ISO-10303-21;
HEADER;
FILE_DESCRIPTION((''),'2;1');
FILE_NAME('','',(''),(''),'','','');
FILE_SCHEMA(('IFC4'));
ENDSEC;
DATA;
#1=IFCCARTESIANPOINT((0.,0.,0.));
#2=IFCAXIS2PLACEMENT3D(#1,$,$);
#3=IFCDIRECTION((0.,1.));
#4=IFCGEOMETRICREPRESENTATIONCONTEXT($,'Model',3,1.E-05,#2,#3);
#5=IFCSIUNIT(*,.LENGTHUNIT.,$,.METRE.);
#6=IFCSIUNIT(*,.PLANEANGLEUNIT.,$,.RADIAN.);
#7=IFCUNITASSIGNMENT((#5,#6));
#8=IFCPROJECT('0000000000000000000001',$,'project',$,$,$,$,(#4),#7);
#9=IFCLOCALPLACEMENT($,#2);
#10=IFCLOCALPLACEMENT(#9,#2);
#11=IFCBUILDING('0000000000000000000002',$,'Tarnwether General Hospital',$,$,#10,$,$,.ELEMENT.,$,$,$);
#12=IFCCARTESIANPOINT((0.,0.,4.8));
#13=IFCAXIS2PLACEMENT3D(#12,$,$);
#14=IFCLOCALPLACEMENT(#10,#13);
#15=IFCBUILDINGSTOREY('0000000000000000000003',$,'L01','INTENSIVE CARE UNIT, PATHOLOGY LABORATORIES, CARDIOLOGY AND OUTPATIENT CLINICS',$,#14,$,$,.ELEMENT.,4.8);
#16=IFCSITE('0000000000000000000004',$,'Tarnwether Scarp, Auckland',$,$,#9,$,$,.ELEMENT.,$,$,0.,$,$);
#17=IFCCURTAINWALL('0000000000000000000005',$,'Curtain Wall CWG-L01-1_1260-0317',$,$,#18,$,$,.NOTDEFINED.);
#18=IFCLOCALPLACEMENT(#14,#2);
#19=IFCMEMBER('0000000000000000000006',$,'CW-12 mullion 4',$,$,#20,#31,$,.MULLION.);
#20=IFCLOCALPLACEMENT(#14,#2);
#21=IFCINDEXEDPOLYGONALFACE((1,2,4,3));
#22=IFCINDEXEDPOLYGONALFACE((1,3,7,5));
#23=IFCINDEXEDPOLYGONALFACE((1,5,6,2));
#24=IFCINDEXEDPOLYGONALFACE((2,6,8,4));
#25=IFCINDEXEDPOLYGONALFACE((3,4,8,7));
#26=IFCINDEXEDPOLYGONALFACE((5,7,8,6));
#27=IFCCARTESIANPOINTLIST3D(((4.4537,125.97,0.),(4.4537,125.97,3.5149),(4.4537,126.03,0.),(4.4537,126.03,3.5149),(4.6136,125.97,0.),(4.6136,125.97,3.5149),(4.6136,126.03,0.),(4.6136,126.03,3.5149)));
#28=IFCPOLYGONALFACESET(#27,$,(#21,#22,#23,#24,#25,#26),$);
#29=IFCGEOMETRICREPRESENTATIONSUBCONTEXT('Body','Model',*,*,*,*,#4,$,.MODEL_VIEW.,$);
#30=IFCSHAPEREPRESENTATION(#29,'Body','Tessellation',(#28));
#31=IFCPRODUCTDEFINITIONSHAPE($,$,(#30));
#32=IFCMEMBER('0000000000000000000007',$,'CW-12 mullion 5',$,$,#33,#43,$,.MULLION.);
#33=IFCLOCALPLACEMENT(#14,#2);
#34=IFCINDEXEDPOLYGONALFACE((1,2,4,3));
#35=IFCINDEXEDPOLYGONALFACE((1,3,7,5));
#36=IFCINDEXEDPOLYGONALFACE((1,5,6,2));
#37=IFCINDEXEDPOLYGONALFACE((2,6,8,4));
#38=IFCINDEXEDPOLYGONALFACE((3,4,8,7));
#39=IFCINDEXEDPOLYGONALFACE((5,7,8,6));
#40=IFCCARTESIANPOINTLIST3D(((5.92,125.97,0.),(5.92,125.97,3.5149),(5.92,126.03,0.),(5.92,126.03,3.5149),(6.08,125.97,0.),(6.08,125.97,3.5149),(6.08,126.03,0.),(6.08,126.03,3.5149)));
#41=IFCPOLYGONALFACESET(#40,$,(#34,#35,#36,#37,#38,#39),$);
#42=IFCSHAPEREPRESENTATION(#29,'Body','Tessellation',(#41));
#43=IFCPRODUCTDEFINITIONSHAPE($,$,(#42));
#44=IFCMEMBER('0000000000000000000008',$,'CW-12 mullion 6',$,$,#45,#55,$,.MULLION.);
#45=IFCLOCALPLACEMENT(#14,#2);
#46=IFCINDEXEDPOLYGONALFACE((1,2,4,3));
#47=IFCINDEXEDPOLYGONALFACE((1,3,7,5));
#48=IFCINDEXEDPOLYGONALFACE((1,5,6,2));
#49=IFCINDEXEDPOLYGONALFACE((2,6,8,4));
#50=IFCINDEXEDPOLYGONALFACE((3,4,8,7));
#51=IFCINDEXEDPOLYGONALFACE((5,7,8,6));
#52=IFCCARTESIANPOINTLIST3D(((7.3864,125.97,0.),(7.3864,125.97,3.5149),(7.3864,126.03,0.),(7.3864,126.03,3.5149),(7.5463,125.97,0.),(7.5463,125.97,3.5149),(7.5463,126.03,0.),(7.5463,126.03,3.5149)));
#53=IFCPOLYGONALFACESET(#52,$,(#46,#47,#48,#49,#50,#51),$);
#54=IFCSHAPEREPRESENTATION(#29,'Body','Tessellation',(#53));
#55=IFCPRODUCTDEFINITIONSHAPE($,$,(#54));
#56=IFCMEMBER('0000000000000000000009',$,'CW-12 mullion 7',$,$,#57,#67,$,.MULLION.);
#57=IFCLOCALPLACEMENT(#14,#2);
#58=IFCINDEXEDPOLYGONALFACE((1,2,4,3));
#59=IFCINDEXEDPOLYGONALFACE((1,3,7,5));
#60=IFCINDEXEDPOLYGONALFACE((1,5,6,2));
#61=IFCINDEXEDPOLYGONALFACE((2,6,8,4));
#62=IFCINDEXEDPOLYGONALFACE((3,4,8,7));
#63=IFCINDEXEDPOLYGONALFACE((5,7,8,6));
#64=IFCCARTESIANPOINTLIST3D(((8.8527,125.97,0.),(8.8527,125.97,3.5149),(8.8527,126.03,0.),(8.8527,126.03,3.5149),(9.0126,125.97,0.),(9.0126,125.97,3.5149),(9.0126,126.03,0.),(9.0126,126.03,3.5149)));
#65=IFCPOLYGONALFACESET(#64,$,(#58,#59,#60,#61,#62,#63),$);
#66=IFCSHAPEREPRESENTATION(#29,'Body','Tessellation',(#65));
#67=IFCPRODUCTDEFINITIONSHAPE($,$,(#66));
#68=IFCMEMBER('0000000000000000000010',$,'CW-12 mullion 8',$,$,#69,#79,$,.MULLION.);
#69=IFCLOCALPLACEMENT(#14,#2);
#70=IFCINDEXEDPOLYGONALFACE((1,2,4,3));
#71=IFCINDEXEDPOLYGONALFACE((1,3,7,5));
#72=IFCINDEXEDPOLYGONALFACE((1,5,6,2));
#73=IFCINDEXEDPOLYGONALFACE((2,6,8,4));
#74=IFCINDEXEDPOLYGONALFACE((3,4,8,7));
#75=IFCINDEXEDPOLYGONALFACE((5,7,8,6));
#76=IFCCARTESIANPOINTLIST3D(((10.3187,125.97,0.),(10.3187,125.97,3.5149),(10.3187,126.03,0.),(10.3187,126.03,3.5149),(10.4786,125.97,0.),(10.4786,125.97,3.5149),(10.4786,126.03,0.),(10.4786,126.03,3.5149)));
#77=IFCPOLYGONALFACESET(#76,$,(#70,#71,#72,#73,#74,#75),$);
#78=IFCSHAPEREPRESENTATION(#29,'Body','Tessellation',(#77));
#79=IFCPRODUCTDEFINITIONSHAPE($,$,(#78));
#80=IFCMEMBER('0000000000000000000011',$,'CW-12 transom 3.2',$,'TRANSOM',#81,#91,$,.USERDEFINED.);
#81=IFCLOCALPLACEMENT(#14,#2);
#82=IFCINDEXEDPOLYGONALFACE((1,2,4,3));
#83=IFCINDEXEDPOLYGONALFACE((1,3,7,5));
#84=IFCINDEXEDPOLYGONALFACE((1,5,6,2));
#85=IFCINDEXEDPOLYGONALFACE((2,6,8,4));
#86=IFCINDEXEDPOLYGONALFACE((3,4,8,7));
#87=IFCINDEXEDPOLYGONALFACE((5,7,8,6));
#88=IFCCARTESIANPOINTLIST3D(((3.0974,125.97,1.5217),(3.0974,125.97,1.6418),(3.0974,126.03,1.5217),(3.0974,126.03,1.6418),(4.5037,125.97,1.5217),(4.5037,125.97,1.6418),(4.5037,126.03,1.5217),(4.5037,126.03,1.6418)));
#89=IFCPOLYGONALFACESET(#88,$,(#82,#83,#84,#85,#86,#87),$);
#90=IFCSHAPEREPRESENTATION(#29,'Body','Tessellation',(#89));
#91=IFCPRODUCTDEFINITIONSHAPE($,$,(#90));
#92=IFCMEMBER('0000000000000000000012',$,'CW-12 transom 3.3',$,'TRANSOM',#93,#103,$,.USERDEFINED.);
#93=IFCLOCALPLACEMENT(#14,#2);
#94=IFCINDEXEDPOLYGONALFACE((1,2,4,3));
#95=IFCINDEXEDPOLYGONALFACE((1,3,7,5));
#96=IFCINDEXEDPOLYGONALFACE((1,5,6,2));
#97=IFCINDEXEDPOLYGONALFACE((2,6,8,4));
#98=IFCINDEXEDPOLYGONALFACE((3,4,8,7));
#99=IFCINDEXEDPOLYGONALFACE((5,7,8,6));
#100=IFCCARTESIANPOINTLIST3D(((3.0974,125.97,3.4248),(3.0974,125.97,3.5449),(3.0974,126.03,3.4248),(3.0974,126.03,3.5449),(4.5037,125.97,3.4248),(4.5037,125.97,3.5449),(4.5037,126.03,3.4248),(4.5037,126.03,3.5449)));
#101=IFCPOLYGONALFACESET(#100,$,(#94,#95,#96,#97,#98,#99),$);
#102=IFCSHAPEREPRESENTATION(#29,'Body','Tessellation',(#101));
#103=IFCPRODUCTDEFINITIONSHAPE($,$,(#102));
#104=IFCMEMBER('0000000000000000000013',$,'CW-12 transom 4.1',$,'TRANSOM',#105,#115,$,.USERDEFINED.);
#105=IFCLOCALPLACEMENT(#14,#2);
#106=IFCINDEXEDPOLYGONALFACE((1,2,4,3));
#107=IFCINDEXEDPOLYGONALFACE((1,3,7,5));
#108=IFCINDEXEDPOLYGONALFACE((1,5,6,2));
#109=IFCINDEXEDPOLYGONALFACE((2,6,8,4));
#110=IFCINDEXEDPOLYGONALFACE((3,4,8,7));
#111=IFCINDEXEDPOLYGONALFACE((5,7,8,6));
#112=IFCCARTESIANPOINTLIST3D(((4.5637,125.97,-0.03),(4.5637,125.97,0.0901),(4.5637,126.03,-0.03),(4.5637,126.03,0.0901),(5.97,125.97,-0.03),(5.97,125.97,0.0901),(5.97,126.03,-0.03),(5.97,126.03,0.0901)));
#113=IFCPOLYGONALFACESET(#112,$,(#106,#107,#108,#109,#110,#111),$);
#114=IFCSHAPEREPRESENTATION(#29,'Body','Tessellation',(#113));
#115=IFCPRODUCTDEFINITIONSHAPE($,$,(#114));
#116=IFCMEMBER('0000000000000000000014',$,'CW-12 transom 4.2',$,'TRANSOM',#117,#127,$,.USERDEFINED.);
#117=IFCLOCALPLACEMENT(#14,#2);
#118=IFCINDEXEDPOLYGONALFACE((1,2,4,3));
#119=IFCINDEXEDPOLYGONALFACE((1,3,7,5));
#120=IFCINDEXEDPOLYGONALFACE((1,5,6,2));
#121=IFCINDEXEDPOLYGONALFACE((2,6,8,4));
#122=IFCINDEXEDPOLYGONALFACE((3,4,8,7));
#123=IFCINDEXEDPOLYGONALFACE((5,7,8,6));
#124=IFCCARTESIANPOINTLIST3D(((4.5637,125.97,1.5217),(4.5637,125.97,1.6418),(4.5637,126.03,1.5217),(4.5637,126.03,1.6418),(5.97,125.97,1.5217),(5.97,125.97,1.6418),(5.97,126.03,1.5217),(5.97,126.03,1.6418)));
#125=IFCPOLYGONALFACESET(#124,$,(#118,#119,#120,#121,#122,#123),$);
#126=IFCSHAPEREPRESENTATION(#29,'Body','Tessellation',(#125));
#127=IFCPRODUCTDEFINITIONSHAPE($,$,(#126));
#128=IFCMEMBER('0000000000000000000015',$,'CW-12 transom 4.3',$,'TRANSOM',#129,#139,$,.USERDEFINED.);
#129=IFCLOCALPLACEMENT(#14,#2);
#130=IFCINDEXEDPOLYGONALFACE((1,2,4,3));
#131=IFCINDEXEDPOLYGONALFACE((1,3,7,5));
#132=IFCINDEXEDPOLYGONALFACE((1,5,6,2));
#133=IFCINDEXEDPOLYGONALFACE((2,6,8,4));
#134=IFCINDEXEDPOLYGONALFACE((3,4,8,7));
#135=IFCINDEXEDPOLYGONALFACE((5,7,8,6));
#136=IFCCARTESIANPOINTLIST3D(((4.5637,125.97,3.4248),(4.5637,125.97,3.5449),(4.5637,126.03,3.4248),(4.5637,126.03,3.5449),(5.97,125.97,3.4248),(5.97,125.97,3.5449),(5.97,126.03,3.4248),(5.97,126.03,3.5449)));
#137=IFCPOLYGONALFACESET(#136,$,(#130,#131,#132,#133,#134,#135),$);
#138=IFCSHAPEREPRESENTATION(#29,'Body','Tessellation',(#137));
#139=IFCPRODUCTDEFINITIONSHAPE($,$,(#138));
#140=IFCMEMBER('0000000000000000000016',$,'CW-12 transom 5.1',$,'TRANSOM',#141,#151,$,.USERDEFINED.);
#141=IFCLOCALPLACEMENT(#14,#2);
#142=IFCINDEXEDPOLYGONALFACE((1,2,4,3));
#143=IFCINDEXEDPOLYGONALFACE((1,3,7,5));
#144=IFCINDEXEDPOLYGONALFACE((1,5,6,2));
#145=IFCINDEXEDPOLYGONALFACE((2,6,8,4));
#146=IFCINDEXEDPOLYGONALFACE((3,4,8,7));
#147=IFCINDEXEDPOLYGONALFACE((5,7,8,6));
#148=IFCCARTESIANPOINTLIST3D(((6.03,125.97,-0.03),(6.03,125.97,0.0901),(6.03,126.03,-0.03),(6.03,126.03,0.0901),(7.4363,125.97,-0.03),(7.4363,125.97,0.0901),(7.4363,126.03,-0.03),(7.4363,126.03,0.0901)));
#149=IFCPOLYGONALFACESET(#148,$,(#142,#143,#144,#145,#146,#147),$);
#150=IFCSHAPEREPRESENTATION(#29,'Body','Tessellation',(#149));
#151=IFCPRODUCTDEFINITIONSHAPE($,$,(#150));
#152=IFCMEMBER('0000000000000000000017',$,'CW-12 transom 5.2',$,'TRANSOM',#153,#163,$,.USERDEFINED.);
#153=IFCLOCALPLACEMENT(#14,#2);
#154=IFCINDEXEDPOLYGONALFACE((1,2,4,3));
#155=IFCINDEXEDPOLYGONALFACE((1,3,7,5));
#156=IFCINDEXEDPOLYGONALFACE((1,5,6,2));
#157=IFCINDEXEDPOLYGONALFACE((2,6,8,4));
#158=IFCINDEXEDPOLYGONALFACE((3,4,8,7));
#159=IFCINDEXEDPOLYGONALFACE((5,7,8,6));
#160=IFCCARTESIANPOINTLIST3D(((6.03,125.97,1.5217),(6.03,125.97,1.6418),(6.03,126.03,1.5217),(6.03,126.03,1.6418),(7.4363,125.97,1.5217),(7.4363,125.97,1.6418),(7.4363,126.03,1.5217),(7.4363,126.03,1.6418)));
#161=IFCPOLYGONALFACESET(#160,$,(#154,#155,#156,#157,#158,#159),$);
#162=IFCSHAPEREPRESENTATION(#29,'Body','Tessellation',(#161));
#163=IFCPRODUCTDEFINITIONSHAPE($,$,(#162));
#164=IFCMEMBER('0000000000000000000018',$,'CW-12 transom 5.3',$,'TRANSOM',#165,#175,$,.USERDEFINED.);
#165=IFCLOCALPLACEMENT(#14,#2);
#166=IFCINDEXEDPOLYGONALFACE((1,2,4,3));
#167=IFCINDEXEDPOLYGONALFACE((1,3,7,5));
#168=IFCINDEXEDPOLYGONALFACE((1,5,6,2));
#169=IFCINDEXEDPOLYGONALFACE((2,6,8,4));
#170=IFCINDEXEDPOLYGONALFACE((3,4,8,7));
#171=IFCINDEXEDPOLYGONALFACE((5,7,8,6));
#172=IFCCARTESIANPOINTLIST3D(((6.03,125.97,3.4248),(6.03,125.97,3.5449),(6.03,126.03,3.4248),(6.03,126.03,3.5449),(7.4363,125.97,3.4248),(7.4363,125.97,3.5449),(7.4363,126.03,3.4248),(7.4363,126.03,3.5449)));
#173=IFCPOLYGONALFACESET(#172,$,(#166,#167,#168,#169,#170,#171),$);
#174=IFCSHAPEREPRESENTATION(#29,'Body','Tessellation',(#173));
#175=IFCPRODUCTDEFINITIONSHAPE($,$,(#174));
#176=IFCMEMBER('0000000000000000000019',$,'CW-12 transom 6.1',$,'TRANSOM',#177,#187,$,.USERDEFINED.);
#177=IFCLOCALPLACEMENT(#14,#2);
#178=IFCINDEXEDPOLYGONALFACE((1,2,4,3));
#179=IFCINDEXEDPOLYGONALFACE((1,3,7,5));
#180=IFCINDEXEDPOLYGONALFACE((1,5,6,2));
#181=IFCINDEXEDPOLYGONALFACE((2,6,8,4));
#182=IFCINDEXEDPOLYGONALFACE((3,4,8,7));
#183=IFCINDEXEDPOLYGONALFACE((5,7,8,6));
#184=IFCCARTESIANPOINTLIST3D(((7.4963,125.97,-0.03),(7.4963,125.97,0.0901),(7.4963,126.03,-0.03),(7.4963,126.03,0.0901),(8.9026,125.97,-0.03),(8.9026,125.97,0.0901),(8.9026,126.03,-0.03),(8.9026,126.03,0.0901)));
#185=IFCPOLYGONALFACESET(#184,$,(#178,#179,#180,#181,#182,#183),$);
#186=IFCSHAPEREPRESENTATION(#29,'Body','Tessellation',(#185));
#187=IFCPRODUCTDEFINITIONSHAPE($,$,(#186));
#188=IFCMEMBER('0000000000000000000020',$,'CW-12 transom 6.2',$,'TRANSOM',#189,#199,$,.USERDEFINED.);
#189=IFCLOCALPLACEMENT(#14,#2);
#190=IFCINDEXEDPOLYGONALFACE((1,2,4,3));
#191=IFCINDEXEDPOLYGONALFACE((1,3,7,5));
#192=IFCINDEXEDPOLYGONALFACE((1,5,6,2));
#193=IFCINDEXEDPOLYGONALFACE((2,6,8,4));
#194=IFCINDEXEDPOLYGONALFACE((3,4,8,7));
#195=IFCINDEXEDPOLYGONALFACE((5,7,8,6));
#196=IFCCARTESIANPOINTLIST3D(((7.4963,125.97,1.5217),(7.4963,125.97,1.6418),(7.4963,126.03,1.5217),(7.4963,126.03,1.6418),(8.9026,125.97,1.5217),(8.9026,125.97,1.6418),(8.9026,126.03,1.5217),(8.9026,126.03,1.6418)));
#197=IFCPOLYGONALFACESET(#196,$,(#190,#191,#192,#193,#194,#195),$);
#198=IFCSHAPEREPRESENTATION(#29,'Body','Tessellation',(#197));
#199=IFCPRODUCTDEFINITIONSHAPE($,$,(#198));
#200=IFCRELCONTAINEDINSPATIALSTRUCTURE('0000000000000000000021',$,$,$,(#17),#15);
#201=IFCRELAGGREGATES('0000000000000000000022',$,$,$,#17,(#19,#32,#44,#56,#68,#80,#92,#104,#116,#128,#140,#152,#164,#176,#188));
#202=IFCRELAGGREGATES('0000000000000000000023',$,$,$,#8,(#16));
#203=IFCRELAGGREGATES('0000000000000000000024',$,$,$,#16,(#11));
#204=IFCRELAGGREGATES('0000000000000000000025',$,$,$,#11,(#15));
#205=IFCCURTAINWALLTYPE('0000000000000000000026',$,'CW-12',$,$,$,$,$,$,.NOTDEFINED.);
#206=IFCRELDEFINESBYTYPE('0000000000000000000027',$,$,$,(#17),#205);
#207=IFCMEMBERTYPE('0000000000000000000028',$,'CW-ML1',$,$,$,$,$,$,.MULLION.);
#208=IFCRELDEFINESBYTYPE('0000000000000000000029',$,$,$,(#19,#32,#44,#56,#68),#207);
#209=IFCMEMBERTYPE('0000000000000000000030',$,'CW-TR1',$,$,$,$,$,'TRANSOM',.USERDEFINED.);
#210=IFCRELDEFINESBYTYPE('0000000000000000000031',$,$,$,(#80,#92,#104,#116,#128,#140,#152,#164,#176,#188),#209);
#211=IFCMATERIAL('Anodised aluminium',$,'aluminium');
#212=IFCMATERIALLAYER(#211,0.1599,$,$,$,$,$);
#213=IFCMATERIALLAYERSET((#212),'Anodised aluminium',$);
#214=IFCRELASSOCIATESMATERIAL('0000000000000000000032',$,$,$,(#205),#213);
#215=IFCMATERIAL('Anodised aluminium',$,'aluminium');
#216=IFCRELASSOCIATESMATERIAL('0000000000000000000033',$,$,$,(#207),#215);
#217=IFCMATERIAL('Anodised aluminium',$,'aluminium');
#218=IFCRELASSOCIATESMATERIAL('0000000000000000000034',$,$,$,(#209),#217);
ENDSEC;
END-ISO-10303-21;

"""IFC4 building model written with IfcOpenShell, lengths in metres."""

from ifc_helpers import new_model, si_unit, direction, frame, origin, origin_2d, place, context, subcontext, project, spatial, rectangle, extrude, material, layer, layer_set, material_profile, profile_set, type_object, element, aggregate, save


model = new_model("IFC4")

# Units and contexts
model_context = context("Model", 3, precision=1e-05, world=origin(), true_north=direction((0.0, 1.0)))
body_context = subcontext(model_context, "Body", "Model", "MODEL_VIEW")
ifc_project = project(units=[si_unit("LENGTHUNIT", "METRE"), si_unit("PLANEANGLEUNIT", "RADIAN")], contexts=[model_context])

# Site, building, storey
site_placement = place(None, origin())
site = spatial("IfcSite", under=ifc_project, at=site_placement, Name="Tarnwether Scarp, Auckland", CompositionType="ELEMENT", RefElevation=0.0)
building_placement = place(site_placement, origin())
building = spatial("IfcBuilding", under=site, at=building_placement, Name="Tarnwether General Hospital", CompositionType="ELEMENT")
storey_placement = place(building_placement, frame((0.0, 0.0, 4.8)))
storey = spatial("IfcBuildingStorey", under=building, at=storey_placement, Name="L01", Description="INTENSIVE CARE UNIT, PATHOLOGY LABORATORIES, CARDIOLOGY AND OUTPATIENT CLINICS", CompositionType="ELEMENT", Elevation=4.8)

# Curtain wall, members
ifc_material_1 = material(Name="Anodised aluminium", Category="aluminium")
ifc_layer_1 = layer(ifc_material_1, 0.1599)
ifc_layer_set_1 = layer_set([ifc_layer_1], Name="Anodised aluminium")
curtain_wall_type = type_object("IfcCurtainWallType", Name="CW-12", PredefinedType="NOTDEFINED", material=ifc_layer_set_1)
curtain_wall_placement = place(storey_placement, origin())
curtain_wall = element("IfcCurtainWall", 1, at=curtain_wall_placement, inside=storey, type_object=curtain_wall_type, Name="Curtain Wall CWG-L01-1_1260-0317", PredefinedType="NOTDEFINED")
ifc_material_2 = material(Name="Anodised aluminium", Category="aluminium")
ifc_material_profile_1 = material_profile(ifc_material_2, rectangle(XDim=0.0601, YDim=0.1599, at=origin_2d()), Name="ALU-MUL-60x160")
ifc_profile_set_1 = profile_set([ifc_material_profile_1], Name="Anodised aluminium")
member_type_1 = type_object("IfcMemberType", Name="CW-ML1", PredefinedType="MULLION", material=ifc_profile_set_1)
member_1_placement = place(storey_placement, frame((4.5337, 126.0, 0.0), z_axis=(0.0, 0.0, 1.0), x_axis=(0.0, 1.0, 0.0)))
member_1 = element("IfcMember", 2, at=member_1_placement, type_object=member_type_1, Name="CW-12 mullion 4", PredefinedType="MULLION", context=body_context, shape_type="SweptSolid", body=[
    extrude(rectangle(XDim=0.0601, YDim=0.1599, at=origin_2d()), origin(), (0.0, 0.0, 1.0), 3.5149),
])
member_2_placement = place(storey_placement, frame((6.0, 126.0, 0.0), z_axis=(0.0, 0.0, 1.0), x_axis=(0.0, 1.0, 0.0)))
member_2 = element("IfcMember", 3, at=member_2_placement, type_object=member_type_1, Name="CW-12 mullion 5", PredefinedType="MULLION", context=body_context, shape_type="SweptSolid", body=[
    extrude(rectangle(XDim=0.0601, YDim=0.1599, at=origin_2d()), origin(), (0.0, 0.0, 1.0), 3.5149),
])
member_3_placement = place(storey_placement, frame((7.4663, 126.0, 0.0), z_axis=(0.0, 0.0, 1.0), x_axis=(0.0, 1.0, 0.0)))
member_3 = element("IfcMember", 4, at=member_3_placement, type_object=member_type_1, Name="CW-12 mullion 6", PredefinedType="MULLION", context=body_context, shape_type="SweptSolid", body=[
    extrude(rectangle(XDim=0.0601, YDim=0.1599, at=origin_2d()), origin(), (0.0, 0.0, 1.0), 3.5149),
])
member_4_placement = place(storey_placement, frame((8.9326, 126.0, 0.0), z_axis=(0.0, 0.0, 1.0), x_axis=(0.0, 1.0, 0.0)))
member_4 = element("IfcMember", 5, at=member_4_placement, type_object=member_type_1, Name="CW-12 mullion 7", PredefinedType="MULLION", context=body_context, shape_type="SweptSolid", body=[
    extrude(rectangle(XDim=0.0601, YDim=0.1599, at=origin_2d()), origin(), (0.0, 0.0, 1.0), 3.5149),
])
member_5_placement = place(storey_placement, frame((10.3987, 126.0, 0.0), z_axis=(0.0, 0.0, 1.0), x_axis=(0.0, 1.0, 0.0)))
member_5 = element("IfcMember", 6, at=member_5_placement, type_object=member_type_1, Name="CW-12 mullion 8", PredefinedType="MULLION", context=body_context, shape_type="SweptSolid", body=[
    extrude(rectangle(XDim=0.0601, YDim=0.1599, at=origin_2d()), origin(), (0.0, 0.0, 1.0), 3.5149),
])
ifc_material_3 = material(Name="Anodised aluminium", Category="aluminium")
ifc_material_profile_2 = material_profile(ifc_material_3, rectangle(XDim=0.0601, YDim=0.1201, at=origin_2d()), Name="ALU-TRN-60x120")
ifc_profile_set_2 = profile_set([ifc_material_profile_2], Name="Anodised aluminium")
member_type_2 = type_object("IfcMemberType", Name="CW-TR1", ElementType="TRANSOM", PredefinedType="USERDEFINED", material=ifc_profile_set_2)
member_6_placement = place(storey_placement, frame((3.0974, 126.0, 1.5818), z_axis=(1.0, 0.0, 0.0), x_axis=(0.0, 1.0, 0.0)))
member_6 = element("IfcMember", 7, at=member_6_placement, type_object=member_type_2, Name="CW-12 transom 3.2", ObjectType="TRANSOM", PredefinedType="USERDEFINED", context=body_context, shape_type="SweptSolid", body=[
    extrude(rectangle(XDim=0.0601, YDim=0.1201, at=origin_2d()), origin(), (0.0, 0.0, 1.0), 1.4062),
])
member_7_placement = place(storey_placement, frame((3.0974, 126.0, 3.4849), z_axis=(1.0, 0.0, 0.0), x_axis=(0.0, 1.0, 0.0)))
member_7 = element("IfcMember", 8, at=member_7_placement, type_object=member_type_2, Name="CW-12 transom 3.3", ObjectType="TRANSOM", PredefinedType="USERDEFINED", context=body_context, shape_type="SweptSolid", body=[
    extrude(rectangle(XDim=0.0601, YDim=0.1201, at=origin_2d()), origin(), (0.0, 0.0, 1.0), 1.4062),
])
member_8_placement = place(storey_placement, frame((4.5637, 126.0, 0.03), z_axis=(1.0, 0.0, 0.0), x_axis=(0.0, 1.0, 0.0)))
member_8 = element("IfcMember", 9, at=member_8_placement, type_object=member_type_2, Name="CW-12 transom 4.1", ObjectType="TRANSOM", PredefinedType="USERDEFINED", context=body_context, shape_type="SweptSolid", body=[
    extrude(rectangle(XDim=0.0601, YDim=0.1201, at=origin_2d()), origin(), (0.0, 0.0, 1.0), 1.4062),
])
member_9_placement = place(storey_placement, frame((4.5637, 126.0, 1.5818), z_axis=(1.0, 0.0, 0.0), x_axis=(0.0, 1.0, 0.0)))
member_9 = element("IfcMember", 10, at=member_9_placement, type_object=member_type_2, Name="CW-12 transom 4.2", ObjectType="TRANSOM", PredefinedType="USERDEFINED", context=body_context, shape_type="SweptSolid", body=[
    extrude(rectangle(XDim=0.0601, YDim=0.1201, at=origin_2d()), origin(), (0.0, 0.0, 1.0), 1.4062),
])
member_10_placement = place(storey_placement, frame((4.5637, 126.0, 3.4849), z_axis=(1.0, 0.0, 0.0), x_axis=(0.0, 1.0, 0.0)))
member_10 = element("IfcMember", 11, at=member_10_placement, type_object=member_type_2, Name="CW-12 transom 4.3", ObjectType="TRANSOM", PredefinedType="USERDEFINED", context=body_context, shape_type="SweptSolid", body=[
    extrude(rectangle(XDim=0.0601, YDim=0.1201, at=origin_2d()), origin(), (0.0, 0.0, 1.0), 1.4062),
])
member_11_placement = place(storey_placement, frame((6.03, 126.0, 0.03), z_axis=(1.0, 0.0, 0.0), x_axis=(0.0, 1.0, 0.0)))
member_11 = element("IfcMember", 12, at=member_11_placement, type_object=member_type_2, Name="CW-12 transom 5.1", ObjectType="TRANSOM", PredefinedType="USERDEFINED", context=body_context, shape_type="SweptSolid", body=[
    extrude(rectangle(XDim=0.0601, YDim=0.1201, at=origin_2d()), origin(), (0.0, 0.0, 1.0), 1.4062),
])
member_12_placement = place(storey_placement, frame((6.03, 126.0, 1.5818), z_axis=(1.0, 0.0, 0.0), x_axis=(0.0, 1.0, 0.0)))
member_12 = element("IfcMember", 13, at=member_12_placement, type_object=member_type_2, Name="CW-12 transom 5.2", ObjectType="TRANSOM", PredefinedType="USERDEFINED", context=body_context, shape_type="SweptSolid", body=[
    extrude(rectangle(XDim=0.0601, YDim=0.1201, at=origin_2d()), origin(), (0.0, 0.0, 1.0), 1.4062),
])
member_13_placement = place(storey_placement, frame((6.03, 126.0, 3.4849), z_axis=(1.0, 0.0, 0.0), x_axis=(0.0, 1.0, 0.0)))
member_13 = element("IfcMember", 14, at=member_13_placement, type_object=member_type_2, Name="CW-12 transom 5.3", ObjectType="TRANSOM", PredefinedType="USERDEFINED", context=body_context, shape_type="SweptSolid", body=[
    extrude(rectangle(XDim=0.0601, YDim=0.1201, at=origin_2d()), origin(), (0.0, 0.0, 1.0), 1.4062),
])
member_14_placement = place(storey_placement, frame((7.4963, 126.0, 0.03), z_axis=(1.0, 0.0, 0.0), x_axis=(0.0, 1.0, 0.0)))
member_14 = element("IfcMember", 15, at=member_14_placement, type_object=member_type_2, Name="CW-12 transom 6.1", ObjectType="TRANSOM", PredefinedType="USERDEFINED", context=body_context, shape_type="SweptSolid", body=[
    extrude(rectangle(XDim=0.0601, YDim=0.1201, at=origin_2d()), origin(), (0.0, 0.0, 1.0), 1.4062),
])
member_15_placement = place(storey_placement, frame((7.4963, 126.0, 1.5818), z_axis=(1.0, 0.0, 0.0), x_axis=(0.0, 1.0, 0.0)))
member_15 = element("IfcMember", 16, at=member_15_placement, type_object=member_type_2, Name="CW-12 transom 6.2", ObjectType="TRANSOM", PredefinedType="USERDEFINED", context=body_context, shape_type="SweptSolid", body=[
    extrude(rectangle(XDim=0.0601, YDim=0.1201, at=origin_2d()), origin(), (0.0, 0.0, 1.0), 1.4062),
])
aggregate(curtain_wall, [member_1, member_2, member_3, member_4, member_5, member_6, member_7, member_8, member_9, member_10, member_11, member_12, member_13, member_14, member_15])

save(model, "model.ifc")
